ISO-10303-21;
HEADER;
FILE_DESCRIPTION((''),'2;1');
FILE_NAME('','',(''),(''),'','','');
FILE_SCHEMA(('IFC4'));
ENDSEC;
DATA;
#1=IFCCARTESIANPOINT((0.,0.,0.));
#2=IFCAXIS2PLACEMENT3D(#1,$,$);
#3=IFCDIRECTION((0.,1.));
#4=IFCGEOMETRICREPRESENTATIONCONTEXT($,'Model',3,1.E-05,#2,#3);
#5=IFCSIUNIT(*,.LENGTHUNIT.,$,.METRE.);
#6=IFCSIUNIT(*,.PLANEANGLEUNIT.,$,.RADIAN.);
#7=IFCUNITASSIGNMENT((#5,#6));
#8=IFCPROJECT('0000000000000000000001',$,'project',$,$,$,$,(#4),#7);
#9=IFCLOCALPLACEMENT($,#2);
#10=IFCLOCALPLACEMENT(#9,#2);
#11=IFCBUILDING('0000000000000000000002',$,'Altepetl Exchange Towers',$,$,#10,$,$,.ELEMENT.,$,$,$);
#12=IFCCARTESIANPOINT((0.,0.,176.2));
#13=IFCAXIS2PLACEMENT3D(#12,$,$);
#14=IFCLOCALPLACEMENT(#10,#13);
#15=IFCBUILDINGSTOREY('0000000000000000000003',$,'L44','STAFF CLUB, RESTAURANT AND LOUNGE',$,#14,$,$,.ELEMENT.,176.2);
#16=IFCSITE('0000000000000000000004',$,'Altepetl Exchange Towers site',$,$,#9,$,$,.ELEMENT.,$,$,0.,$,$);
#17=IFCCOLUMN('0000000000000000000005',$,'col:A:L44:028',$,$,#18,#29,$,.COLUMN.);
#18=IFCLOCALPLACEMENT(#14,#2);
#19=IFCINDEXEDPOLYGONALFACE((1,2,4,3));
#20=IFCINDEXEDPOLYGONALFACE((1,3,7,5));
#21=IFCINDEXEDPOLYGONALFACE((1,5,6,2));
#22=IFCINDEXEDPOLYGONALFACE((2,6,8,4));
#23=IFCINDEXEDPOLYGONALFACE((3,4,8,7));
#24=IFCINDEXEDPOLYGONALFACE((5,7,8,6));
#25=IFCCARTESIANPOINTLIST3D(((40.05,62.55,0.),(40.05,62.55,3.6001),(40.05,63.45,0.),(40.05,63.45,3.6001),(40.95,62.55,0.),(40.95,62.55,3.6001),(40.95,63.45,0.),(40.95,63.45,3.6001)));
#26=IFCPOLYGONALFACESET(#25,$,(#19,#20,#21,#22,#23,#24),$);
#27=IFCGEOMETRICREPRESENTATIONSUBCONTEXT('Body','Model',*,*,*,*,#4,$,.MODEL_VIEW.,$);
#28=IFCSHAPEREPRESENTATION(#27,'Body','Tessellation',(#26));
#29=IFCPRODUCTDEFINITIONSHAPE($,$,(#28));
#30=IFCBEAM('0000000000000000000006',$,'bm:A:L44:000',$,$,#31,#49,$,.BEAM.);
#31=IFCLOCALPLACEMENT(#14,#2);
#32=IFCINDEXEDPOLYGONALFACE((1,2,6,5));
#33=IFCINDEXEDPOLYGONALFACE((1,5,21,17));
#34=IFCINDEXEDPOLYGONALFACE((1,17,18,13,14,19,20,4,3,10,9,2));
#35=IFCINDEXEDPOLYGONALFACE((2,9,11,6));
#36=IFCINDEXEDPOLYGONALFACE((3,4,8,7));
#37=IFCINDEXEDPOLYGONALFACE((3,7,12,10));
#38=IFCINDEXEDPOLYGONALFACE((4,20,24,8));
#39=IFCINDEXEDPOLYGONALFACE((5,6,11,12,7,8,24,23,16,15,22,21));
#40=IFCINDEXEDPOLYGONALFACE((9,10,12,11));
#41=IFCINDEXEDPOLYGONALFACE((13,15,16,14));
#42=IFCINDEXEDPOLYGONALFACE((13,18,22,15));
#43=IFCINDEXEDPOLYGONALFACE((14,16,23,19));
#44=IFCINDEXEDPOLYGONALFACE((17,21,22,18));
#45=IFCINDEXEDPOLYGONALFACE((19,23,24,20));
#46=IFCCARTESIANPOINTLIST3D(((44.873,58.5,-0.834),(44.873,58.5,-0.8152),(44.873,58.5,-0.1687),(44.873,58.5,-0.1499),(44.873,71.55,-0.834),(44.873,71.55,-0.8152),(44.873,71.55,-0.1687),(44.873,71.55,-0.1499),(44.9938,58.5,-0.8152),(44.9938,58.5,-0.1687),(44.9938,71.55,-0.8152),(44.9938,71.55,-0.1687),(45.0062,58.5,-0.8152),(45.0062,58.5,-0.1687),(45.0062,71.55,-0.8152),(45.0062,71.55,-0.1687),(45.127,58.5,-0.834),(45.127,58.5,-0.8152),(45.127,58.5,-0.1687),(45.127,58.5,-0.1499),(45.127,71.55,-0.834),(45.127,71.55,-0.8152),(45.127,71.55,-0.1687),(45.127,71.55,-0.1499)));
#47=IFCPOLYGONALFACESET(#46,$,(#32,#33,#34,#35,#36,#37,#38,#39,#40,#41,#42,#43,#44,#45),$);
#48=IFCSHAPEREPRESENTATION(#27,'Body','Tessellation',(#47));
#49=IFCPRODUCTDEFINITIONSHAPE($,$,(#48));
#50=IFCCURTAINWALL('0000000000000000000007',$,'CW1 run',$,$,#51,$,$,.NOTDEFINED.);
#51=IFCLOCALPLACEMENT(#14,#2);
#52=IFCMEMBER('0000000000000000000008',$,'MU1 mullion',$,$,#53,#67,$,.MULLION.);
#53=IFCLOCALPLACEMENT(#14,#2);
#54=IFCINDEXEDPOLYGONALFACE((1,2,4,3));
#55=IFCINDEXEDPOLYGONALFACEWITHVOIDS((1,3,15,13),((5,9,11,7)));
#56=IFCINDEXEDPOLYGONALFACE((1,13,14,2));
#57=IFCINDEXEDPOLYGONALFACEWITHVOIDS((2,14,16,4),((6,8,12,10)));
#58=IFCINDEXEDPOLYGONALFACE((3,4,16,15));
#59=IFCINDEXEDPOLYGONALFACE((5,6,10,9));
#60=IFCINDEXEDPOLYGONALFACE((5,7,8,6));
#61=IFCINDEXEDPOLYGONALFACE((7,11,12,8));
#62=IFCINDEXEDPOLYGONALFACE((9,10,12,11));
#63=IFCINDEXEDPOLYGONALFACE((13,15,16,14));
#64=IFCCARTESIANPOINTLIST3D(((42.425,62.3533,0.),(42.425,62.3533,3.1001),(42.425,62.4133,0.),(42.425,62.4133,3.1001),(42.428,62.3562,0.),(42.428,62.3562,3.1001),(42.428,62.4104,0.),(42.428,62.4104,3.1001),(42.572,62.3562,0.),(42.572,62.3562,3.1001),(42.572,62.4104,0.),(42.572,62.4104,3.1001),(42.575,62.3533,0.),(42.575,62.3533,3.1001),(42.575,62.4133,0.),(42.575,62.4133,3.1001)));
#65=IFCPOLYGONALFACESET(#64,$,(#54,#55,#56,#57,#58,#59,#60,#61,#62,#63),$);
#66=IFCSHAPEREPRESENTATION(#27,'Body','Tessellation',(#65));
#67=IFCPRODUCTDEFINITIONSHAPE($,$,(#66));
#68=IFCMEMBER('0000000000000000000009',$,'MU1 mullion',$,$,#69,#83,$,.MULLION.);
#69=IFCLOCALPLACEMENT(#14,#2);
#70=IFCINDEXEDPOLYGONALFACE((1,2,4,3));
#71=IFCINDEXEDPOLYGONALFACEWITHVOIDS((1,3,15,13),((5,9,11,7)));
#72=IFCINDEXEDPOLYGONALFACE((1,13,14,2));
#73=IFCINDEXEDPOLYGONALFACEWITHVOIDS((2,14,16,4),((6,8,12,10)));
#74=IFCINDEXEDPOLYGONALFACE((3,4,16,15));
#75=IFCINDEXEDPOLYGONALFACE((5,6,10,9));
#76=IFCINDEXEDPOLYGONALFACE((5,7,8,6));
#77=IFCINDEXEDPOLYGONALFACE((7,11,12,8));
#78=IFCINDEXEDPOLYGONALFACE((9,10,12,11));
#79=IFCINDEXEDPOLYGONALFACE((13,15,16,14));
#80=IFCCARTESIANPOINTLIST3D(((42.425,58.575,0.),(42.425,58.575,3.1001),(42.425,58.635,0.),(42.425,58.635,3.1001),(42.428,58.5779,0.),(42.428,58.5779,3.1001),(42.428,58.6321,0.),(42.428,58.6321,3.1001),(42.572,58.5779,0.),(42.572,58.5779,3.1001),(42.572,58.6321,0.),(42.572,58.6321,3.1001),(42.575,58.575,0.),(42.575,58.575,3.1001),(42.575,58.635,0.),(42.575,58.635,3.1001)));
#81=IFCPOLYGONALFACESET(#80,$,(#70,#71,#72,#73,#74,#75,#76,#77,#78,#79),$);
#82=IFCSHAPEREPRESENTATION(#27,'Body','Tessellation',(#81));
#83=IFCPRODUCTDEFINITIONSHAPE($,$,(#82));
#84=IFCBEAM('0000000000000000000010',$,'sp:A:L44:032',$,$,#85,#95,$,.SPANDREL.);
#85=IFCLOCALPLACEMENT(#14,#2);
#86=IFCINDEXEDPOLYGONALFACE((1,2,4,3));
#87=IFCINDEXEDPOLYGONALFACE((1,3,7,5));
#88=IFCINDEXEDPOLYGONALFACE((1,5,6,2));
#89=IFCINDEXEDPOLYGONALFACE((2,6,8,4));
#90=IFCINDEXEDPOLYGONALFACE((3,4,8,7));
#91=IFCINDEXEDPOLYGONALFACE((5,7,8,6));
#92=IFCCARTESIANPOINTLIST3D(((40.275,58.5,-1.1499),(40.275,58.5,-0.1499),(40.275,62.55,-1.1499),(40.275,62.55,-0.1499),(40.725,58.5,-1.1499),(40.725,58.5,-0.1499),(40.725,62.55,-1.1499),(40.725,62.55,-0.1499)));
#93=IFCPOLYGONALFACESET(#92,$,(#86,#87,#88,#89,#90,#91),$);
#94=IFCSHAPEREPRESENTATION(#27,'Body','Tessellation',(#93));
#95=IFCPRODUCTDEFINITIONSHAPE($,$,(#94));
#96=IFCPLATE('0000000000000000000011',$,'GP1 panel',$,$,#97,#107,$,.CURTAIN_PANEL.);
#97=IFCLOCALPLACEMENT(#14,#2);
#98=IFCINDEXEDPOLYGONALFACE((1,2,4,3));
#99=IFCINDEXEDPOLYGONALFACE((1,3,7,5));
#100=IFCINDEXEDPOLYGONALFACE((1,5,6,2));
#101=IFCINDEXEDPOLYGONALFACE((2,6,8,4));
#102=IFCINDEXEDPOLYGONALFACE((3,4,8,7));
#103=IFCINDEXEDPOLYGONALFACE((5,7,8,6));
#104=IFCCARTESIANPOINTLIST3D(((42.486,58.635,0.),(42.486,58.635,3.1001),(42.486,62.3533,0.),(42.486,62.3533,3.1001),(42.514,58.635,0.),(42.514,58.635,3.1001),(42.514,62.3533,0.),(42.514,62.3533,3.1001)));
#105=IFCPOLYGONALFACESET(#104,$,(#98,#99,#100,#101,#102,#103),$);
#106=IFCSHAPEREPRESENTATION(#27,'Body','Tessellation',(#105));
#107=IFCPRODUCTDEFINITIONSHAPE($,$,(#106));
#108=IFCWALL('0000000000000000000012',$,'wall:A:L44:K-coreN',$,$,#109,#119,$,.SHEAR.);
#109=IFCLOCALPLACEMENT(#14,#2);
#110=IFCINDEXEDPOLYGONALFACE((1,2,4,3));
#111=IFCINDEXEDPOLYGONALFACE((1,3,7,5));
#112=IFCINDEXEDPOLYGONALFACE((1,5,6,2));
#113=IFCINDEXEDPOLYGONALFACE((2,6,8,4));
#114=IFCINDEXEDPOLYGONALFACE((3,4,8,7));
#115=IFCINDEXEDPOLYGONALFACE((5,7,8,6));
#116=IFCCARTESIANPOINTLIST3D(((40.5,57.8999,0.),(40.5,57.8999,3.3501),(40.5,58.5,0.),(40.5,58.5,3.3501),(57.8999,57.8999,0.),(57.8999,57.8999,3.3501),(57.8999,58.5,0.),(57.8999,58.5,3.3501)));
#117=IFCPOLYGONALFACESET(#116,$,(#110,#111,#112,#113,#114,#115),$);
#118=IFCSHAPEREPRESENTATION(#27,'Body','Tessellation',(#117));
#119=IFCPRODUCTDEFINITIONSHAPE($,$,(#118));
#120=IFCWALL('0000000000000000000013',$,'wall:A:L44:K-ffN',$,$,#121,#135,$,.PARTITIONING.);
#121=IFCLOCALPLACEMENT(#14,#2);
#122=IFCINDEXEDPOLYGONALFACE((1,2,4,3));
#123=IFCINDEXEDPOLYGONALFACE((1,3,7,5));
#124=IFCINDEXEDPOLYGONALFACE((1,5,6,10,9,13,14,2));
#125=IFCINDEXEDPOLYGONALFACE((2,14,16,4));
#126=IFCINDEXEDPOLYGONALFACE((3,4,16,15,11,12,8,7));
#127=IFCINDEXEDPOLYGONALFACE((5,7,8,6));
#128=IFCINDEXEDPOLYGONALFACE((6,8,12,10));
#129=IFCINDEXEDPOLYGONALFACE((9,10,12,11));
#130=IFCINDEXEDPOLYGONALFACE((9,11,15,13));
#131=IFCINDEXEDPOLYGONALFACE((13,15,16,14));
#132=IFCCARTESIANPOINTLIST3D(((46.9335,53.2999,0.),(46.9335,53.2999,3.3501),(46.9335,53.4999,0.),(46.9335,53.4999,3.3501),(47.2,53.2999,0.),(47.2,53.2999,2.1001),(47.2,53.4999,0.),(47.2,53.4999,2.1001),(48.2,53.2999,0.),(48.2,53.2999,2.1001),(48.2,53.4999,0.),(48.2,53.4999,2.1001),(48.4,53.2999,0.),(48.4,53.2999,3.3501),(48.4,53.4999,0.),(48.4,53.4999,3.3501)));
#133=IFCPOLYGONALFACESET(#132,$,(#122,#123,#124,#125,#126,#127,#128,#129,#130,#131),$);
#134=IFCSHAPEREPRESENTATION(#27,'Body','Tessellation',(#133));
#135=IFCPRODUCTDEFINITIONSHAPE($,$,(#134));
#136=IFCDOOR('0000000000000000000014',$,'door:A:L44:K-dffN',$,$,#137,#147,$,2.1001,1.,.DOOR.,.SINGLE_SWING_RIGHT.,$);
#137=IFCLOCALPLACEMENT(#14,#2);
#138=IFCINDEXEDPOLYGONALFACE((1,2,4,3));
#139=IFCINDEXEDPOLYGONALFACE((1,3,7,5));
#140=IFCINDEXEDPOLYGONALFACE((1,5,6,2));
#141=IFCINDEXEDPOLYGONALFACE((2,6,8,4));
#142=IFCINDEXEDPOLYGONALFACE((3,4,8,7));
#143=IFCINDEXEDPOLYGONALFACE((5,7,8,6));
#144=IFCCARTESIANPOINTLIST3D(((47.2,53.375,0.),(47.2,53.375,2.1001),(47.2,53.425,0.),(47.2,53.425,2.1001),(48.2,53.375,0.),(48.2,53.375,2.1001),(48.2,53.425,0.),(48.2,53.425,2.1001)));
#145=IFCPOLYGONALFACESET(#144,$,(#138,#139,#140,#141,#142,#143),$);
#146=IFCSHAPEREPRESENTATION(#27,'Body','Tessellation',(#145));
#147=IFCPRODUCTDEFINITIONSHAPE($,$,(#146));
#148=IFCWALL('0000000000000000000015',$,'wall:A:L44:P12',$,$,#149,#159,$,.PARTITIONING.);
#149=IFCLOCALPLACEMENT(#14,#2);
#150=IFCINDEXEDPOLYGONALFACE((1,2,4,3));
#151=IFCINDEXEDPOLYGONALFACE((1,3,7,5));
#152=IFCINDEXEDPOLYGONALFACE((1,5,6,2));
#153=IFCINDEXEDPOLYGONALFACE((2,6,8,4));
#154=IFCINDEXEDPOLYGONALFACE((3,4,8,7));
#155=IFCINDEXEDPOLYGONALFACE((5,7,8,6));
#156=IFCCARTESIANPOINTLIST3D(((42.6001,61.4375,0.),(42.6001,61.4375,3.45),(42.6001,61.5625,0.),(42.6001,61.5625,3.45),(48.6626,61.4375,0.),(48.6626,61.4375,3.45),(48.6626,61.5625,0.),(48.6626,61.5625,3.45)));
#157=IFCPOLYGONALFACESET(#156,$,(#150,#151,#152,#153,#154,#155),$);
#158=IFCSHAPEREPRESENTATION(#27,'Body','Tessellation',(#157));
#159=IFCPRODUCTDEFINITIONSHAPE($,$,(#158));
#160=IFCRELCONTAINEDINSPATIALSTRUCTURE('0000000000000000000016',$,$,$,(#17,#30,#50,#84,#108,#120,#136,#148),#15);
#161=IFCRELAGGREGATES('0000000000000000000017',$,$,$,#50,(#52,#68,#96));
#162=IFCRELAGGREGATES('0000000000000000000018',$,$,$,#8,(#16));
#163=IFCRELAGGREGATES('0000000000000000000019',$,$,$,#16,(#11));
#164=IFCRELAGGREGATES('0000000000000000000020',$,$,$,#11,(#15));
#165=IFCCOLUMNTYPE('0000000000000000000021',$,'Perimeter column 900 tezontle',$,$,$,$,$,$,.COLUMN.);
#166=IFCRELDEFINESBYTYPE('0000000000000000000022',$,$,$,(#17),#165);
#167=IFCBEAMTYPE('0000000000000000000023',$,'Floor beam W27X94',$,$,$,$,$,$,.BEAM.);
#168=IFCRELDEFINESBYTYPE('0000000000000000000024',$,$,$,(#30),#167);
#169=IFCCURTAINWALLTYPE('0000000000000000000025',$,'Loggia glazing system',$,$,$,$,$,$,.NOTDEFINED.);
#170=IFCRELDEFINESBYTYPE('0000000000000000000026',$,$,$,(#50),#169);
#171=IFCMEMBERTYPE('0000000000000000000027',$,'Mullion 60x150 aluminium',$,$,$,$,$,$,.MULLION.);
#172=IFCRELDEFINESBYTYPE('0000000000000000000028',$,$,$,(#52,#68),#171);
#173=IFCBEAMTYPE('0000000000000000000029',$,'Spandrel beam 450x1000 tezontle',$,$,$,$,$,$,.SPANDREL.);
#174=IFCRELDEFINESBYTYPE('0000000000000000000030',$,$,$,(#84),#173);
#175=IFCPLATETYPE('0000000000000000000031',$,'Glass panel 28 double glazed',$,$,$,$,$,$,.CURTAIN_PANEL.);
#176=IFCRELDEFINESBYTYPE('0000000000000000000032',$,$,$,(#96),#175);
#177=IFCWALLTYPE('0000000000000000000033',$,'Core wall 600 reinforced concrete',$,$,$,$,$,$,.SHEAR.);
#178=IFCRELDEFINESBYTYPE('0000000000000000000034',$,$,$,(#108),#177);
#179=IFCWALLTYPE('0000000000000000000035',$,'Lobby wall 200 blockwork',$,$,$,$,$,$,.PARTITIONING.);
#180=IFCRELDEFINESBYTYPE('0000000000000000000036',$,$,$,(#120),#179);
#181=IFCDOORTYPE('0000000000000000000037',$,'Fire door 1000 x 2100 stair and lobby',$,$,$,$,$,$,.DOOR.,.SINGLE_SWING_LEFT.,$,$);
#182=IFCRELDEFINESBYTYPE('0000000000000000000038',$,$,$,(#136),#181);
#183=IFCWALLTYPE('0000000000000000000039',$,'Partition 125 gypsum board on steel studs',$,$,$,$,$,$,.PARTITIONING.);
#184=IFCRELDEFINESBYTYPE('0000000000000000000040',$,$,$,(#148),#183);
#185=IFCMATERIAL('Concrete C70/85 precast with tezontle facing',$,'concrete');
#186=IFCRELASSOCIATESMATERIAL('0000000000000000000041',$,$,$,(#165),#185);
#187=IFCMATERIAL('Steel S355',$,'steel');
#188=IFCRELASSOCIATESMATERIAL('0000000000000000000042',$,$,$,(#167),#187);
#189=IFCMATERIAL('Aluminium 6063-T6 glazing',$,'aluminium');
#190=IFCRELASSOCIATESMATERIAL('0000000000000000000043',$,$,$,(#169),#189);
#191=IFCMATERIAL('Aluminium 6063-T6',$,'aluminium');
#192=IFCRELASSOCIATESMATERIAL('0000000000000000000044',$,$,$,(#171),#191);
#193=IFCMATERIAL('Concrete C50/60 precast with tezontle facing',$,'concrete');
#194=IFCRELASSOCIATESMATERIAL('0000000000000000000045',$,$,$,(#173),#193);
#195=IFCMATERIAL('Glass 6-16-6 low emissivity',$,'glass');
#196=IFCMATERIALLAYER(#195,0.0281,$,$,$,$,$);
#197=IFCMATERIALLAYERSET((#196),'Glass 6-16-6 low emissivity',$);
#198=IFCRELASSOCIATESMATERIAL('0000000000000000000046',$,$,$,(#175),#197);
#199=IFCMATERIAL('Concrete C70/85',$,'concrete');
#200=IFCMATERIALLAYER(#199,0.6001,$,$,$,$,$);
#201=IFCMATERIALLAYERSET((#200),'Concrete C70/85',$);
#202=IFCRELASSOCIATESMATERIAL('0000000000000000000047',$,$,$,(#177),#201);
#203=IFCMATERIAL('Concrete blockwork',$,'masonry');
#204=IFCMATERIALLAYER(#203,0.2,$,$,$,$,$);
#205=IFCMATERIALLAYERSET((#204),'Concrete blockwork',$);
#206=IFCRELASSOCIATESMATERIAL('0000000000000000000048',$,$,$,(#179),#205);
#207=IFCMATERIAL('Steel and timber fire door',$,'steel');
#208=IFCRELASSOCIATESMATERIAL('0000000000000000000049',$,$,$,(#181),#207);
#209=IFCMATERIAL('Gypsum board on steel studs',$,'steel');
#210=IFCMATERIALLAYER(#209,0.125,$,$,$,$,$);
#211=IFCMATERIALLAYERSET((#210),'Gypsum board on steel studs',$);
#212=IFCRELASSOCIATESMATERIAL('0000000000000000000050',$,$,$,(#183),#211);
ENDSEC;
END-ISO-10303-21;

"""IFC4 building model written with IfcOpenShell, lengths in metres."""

from ifc_helpers import new_model, si_unit, direction, frame, frame_2d, origin, origin_2d, place, context, subcontext, project, spatial, rectangle, hollow_rectangle, i_section, extrude, material, layer, layer_set, material_profile, profile_set, type_object, element, fill, aggregate, save


model = new_model("IFC4")

# Units and contexts
model_context = context("Model", 3, precision=1e-05, world=origin(), true_north=direction((0.0, 1.0)))
body_context = subcontext(model_context, "Body", "Model", "MODEL_VIEW")
ifc_project = project(units=[si_unit("LENGTHUNIT", "METRE"), si_unit("PLANEANGLEUNIT", "RADIAN")], contexts=[model_context])

# Site, building, storey
site_placement = place(None, origin())
site = spatial("IfcSite", under=ifc_project, at=site_placement, Name="Altepetl Exchange Towers site", CompositionType="ELEMENT", RefElevation=0.0)
building_placement = place(site_placement, origin())
building = spatial("IfcBuilding", under=site, at=building_placement, Name="Altepetl Exchange Towers", CompositionType="ELEMENT")
storey_placement = place(building_placement, frame((0.0, 0.0, 176.2)))
storey = spatial("IfcBuildingStorey", under=building, at=storey_placement, Name="L44", Description="STAFF CLUB, RESTAURANT AND LOUNGE", CompositionType="ELEMENT", Elevation=176.2)

# Column
ifc_material_1 = material(Name="Concrete C70/85 precast with tezontle facing", Category="concrete")
ifc_material_profile_1 = material_profile(ifc_material_1, rectangle(XDim=0.8999, YDim=0.8999, at=origin_2d()), Name="900 x 900")
ifc_profile_set_1 = profile_set([ifc_material_profile_1], Name="Concrete C70/85 precast with tezontle facing")
column_type = type_object("IfcColumnType", Name="Perimeter column 900 tezontle", PredefinedType="COLUMN", material=ifc_profile_set_1)
column_placement = place(storey_placement, frame((40.5, 63.0, 0.0)))
element("IfcColumn", 1, at=column_placement, inside=storey, type_object=column_type, Name="col:A:L44:028", PredefinedType="COLUMN", context=body_context, shape_type="SweptSolid", body=[
    extrude(rectangle(XDim=0.8999, YDim=0.8999, at=origin_2d()), origin(), (0.0, 0.0, 1.0), 3.6001),
])

# Beam
ifc_material_2 = material(Name="Steel S355", Category="steel")
ifc_material_profile_2 = material_profile(ifc_material_2, i_section(OverallWidth=0.2539, OverallDepth=0.6841, WebThickness=0.0125, FlangeThickness=0.0188, at=origin_2d()), Name="W27X94")
ifc_profile_set_2 = profile_set([ifc_material_profile_2], Name="Steel S355")
beam_type_1 = type_object("IfcBeamType", Name="Floor beam W27X94", PredefinedType="BEAM", material=ifc_profile_set_2)
beam_1_placement = place(storey_placement, frame((45.0, 58.5, -0.4919), z_axis=(0.0, 1.0, 0.0), x_axis=(-1.0, 0.0, 0.0)))
element("IfcBeam", 2, at=beam_1_placement, inside=storey, type_object=beam_type_1, Name="bm:A:L44:000", PredefinedType="BEAM", context=body_context, shape_type="SweptSolid", body=[
    extrude(i_section(OverallWidth=0.2539, OverallDepth=0.6841, WebThickness=0.0125, FlangeThickness=0.0188, at=origin_2d()), origin(), (0.0, 0.0, 1.0), 13.05),
])

# Curtain wall, members
ifc_material_3 = material(Name="Aluminium 6063-T6 glazing", Category="aluminium")
curtain_wall_type = type_object("IfcCurtainWallType", Name="Loggia glazing system", PredefinedType="NOTDEFINED", material=ifc_material_3)
curtain_wall_placement = place(storey_placement, origin())
curtain_wall = element("IfcCurtainWall", 3, at=curtain_wall_placement, inside=storey, type_object=curtain_wall_type, Name="CW1 run", PredefinedType="NOTDEFINED")
ifc_material_4 = material(Name="Aluminium 6063-T6", Category="aluminium")
ifc_material_profile_3 = material_profile(ifc_material_4, hollow_rectangle(XDim=0.0601, YDim=0.1499, WallThickness=0.0029, at=origin_2d()), Name="Mullion 60x150 aluminium")
ifc_profile_set_3 = profile_set([ifc_material_profile_3], Name="Aluminium 6063-T6")
member_type = type_object("IfcMemberType", Name="Mullion 60x150 aluminium", PredefinedType="MULLION", material=ifc_profile_set_3)
member_1_placement = place(storey_placement, frame((42.5, 62.3833, 0.0), z_axis=(0.0, 0.0, 1.0), x_axis=(0.0, -1.0, 0.0)))
member_1 = element("IfcMember", 4, at=member_1_placement, type_object=member_type, Name="MU1 mullion", PredefinedType="MULLION", context=body_context, shape_type="SweptSolid", body=[
    extrude(hollow_rectangle(XDim=0.0601, YDim=0.1499, WallThickness=0.0029, at=origin_2d()), origin(), (0.0, 0.0, 1.0), 3.1001),
])
member_2_placement = place(storey_placement, frame((42.5, 58.605, 0.0), z_axis=(0.0, 0.0, 1.0), x_axis=(0.0, -1.0, 0.0)))
member_2 = element("IfcMember", 5, at=member_2_placement, type_object=member_type, Name="MU1 mullion", PredefinedType="MULLION", context=body_context, shape_type="SweptSolid", body=[
    extrude(hollow_rectangle(XDim=0.0601, YDim=0.1499, WallThickness=0.0029, at=origin_2d()), origin(), (0.0, 0.0, 1.0), 3.1001),
])

# Beam
ifc_material_5 = material(Name="Concrete C50/60 precast with tezontle facing", Category="concrete")
ifc_material_profile_4 = material_profile(ifc_material_5, rectangle(XDim=0.45, YDim=1.0, at=origin_2d()), Name="450 x 1000")
ifc_profile_set_4 = profile_set([ifc_material_profile_4], Name="Concrete C50/60 precast with tezontle facing")
beam_type_2 = type_object("IfcBeamType", Name="Spandrel beam 450x1000 tezontle", PredefinedType="SPANDREL", material=ifc_profile_set_4)
beam_2_placement = place(storey_placement, frame((40.5, 62.55, -0.6499), z_axis=(0.0, -1.0, 0.0), x_axis=(1.0, 0.0, 0.0)))
element("IfcBeam", 6, at=beam_2_placement, inside=storey, type_object=beam_type_2, Name="sp:A:L44:032", PredefinedType="SPANDREL", context=body_context, shape_type="SweptSolid", body=[
    extrude(rectangle(XDim=0.45, YDim=1.0, at=origin_2d()), origin(), (0.0, 0.0, 1.0), 4.05),
])

# Plate
ifc_material_6 = material(Name="Glass 6-16-6 low emissivity", Category="glass")
ifc_layer_1 = layer(ifc_material_6, 0.0281)
ifc_layer_set_1 = layer_set([ifc_layer_1], Name="Glass 6-16-6 low emissivity")
plate_type = type_object("IfcPlateType", Name="Glass panel 28 double glazed", PredefinedType="CURTAIN_PANEL", material=ifc_layer_set_1)
plate_placement = place(storey_placement, frame((42.5, 60.4941, 0.0), z_axis=(0.0, 0.0, 1.0), x_axis=(0.0, -1.0, 0.0)))
plate = element("IfcPlate", 7, at=plate_placement, type_object=plate_type, Name="GP1 panel", PredefinedType="CURTAIN_PANEL", context=body_context, shape_type="SweptSolid", body=[
    extrude(rectangle(XDim=3.7183, YDim=0.0281, at=origin_2d()), origin(), (0.0, 0.0, 1.0), 3.1001),
])
aggregate(curtain_wall, [member_1, member_2, plate])

# Wall
ifc_material_7 = material(Name="Concrete C70/85", Category="concrete")
ifc_layer_2 = layer(ifc_material_7, 0.6001)
ifc_layer_set_2 = layer_set([ifc_layer_2], Name="Concrete C70/85")
wall_type_1 = type_object("IfcWallType", Name="Core wall 600 reinforced concrete", PredefinedType="SHEAR", material=ifc_layer_set_2)
wall_1_placement = place(storey_placement, frame((40.5, 58.2, 0.0)))
element("IfcWall", 8, at=wall_1_placement, inside=storey, type_object=wall_type_1, Name="wall:A:L44:K-coreN", PredefinedType="SHEAR", context=body_context, shape_type="SweptSolid", body=[
    extrude(rectangle(XDim=17.3999, YDim=0.6001, at=frame_2d((8.7, 0.0))), origin(), (0.0, 0.0, 1.0), 3.3501),
])

# Wall, opening, door
ifc_material_8 = material(Name="Concrete blockwork", Category="masonry")
ifc_layer_3 = layer(ifc_material_8, 0.2)
ifc_layer_set_3 = layer_set([ifc_layer_3], Name="Concrete blockwork")
wall_type_2 = type_object("IfcWallType", Name="Lobby wall 200 blockwork", PredefinedType="PARTITIONING", material=ifc_layer_set_3)
wall_2_placement = place(storey_placement, frame((46.9333, 53.3999, 0.0)))
wall_2 = element("IfcWall", 9, at=wall_2_placement, inside=storey, type_object=wall_type_2, Name="wall:A:L44:K-ffN", PredefinedType="PARTITIONING", context=body_context, shape_type="SweptSolid", body=[
    extrude(rectangle(XDim=1.4666, YDim=0.2, at=frame_2d((0.7334, 0.0))), origin(), (0.0, 0.0, 1.0), 3.3501),
])
opening_1_placement = place(wall_2_placement, frame((0.2666, 0.0, 0.0)))
opening_1 = element("IfcOpeningElement", 10, at=opening_1_placement, cuts=wall_2, PredefinedType="OPENING", context=body_context, shape_type="SweptSolid", body=[
    extrude(rectangle(XDim=1.0, YDim=2.1001, at=frame_2d((0.5, 1.05))), frame((0.0, 0.1099, 0.0), z_axis=(0.0, -1.0, 0.0), x_axis=(1.0, 0.0, 0.0)), (0.0, 0.0, 1.0), 0.22),
])
ifc_material_9 = material(Name="Steel and timber fire door", Category="steel")
door_type_1 = type_object("IfcDoorType", Name="Fire door 1000 x 2100 stair and lobby", OperationType="SINGLE_SWING_LEFT", PredefinedType="DOOR", material=ifc_material_9)
door_1_placement = place(opening_1_placement, frame((1.0, 0.0, 0.0), x_axis=(-1.0, 0.0, 0.0)))
door_1 = element("IfcDoor", 11, at=door_1_placement, inside=storey, type_object=door_type_1, Name="door:A:L44:K-dffN", OperationType="SINGLE_SWING_RIGHT", OverallHeight=2.1001, OverallWidth=1.0, PredefinedType="DOOR", context=body_context, shape_type="SweptSolid", body=[
    extrude(rectangle(XDim=1.0, YDim=2.1001, at=frame_2d((0.5, 1.05))), frame((0.0, 0.0249, 0.0), z_axis=(0.0, -1.0, 0.0), x_axis=(1.0, 0.0, 0.0)), (0.0, 0.0, 1.0), 0.05),
])
fill(opening_1, door_1)

# Wall
ifc_material_10 = material(Name="Gypsum board on steel studs", Category="steel")
ifc_layer_4 = layer(ifc_material_10, 0.125)
ifc_layer_set_4 = layer_set([ifc_layer_4], Name="Gypsum board on steel studs")
wall_type_3 = type_object("IfcWallType", Name="Partition 125 gypsum board on steel studs", PredefinedType="PARTITIONING", material=ifc_layer_set_4)
wall_3_placement = place(storey_placement, frame((42.6001, 61.5, 0.0)))
element("IfcWall", 12, at=wall_3_placement, inside=storey, type_object=wall_type_3, Name="wall:A:L44:P12", PredefinedType="PARTITIONING", context=body_context, shape_type="SweptSolid", body=[
    extrude(rectangle(XDim=6.0625, YDim=0.125, at=frame_2d((3.0312, 0.0))), origin(), (0.0, 0.0, 1.0), 3.45),
])

save(model, "model.ifc")
